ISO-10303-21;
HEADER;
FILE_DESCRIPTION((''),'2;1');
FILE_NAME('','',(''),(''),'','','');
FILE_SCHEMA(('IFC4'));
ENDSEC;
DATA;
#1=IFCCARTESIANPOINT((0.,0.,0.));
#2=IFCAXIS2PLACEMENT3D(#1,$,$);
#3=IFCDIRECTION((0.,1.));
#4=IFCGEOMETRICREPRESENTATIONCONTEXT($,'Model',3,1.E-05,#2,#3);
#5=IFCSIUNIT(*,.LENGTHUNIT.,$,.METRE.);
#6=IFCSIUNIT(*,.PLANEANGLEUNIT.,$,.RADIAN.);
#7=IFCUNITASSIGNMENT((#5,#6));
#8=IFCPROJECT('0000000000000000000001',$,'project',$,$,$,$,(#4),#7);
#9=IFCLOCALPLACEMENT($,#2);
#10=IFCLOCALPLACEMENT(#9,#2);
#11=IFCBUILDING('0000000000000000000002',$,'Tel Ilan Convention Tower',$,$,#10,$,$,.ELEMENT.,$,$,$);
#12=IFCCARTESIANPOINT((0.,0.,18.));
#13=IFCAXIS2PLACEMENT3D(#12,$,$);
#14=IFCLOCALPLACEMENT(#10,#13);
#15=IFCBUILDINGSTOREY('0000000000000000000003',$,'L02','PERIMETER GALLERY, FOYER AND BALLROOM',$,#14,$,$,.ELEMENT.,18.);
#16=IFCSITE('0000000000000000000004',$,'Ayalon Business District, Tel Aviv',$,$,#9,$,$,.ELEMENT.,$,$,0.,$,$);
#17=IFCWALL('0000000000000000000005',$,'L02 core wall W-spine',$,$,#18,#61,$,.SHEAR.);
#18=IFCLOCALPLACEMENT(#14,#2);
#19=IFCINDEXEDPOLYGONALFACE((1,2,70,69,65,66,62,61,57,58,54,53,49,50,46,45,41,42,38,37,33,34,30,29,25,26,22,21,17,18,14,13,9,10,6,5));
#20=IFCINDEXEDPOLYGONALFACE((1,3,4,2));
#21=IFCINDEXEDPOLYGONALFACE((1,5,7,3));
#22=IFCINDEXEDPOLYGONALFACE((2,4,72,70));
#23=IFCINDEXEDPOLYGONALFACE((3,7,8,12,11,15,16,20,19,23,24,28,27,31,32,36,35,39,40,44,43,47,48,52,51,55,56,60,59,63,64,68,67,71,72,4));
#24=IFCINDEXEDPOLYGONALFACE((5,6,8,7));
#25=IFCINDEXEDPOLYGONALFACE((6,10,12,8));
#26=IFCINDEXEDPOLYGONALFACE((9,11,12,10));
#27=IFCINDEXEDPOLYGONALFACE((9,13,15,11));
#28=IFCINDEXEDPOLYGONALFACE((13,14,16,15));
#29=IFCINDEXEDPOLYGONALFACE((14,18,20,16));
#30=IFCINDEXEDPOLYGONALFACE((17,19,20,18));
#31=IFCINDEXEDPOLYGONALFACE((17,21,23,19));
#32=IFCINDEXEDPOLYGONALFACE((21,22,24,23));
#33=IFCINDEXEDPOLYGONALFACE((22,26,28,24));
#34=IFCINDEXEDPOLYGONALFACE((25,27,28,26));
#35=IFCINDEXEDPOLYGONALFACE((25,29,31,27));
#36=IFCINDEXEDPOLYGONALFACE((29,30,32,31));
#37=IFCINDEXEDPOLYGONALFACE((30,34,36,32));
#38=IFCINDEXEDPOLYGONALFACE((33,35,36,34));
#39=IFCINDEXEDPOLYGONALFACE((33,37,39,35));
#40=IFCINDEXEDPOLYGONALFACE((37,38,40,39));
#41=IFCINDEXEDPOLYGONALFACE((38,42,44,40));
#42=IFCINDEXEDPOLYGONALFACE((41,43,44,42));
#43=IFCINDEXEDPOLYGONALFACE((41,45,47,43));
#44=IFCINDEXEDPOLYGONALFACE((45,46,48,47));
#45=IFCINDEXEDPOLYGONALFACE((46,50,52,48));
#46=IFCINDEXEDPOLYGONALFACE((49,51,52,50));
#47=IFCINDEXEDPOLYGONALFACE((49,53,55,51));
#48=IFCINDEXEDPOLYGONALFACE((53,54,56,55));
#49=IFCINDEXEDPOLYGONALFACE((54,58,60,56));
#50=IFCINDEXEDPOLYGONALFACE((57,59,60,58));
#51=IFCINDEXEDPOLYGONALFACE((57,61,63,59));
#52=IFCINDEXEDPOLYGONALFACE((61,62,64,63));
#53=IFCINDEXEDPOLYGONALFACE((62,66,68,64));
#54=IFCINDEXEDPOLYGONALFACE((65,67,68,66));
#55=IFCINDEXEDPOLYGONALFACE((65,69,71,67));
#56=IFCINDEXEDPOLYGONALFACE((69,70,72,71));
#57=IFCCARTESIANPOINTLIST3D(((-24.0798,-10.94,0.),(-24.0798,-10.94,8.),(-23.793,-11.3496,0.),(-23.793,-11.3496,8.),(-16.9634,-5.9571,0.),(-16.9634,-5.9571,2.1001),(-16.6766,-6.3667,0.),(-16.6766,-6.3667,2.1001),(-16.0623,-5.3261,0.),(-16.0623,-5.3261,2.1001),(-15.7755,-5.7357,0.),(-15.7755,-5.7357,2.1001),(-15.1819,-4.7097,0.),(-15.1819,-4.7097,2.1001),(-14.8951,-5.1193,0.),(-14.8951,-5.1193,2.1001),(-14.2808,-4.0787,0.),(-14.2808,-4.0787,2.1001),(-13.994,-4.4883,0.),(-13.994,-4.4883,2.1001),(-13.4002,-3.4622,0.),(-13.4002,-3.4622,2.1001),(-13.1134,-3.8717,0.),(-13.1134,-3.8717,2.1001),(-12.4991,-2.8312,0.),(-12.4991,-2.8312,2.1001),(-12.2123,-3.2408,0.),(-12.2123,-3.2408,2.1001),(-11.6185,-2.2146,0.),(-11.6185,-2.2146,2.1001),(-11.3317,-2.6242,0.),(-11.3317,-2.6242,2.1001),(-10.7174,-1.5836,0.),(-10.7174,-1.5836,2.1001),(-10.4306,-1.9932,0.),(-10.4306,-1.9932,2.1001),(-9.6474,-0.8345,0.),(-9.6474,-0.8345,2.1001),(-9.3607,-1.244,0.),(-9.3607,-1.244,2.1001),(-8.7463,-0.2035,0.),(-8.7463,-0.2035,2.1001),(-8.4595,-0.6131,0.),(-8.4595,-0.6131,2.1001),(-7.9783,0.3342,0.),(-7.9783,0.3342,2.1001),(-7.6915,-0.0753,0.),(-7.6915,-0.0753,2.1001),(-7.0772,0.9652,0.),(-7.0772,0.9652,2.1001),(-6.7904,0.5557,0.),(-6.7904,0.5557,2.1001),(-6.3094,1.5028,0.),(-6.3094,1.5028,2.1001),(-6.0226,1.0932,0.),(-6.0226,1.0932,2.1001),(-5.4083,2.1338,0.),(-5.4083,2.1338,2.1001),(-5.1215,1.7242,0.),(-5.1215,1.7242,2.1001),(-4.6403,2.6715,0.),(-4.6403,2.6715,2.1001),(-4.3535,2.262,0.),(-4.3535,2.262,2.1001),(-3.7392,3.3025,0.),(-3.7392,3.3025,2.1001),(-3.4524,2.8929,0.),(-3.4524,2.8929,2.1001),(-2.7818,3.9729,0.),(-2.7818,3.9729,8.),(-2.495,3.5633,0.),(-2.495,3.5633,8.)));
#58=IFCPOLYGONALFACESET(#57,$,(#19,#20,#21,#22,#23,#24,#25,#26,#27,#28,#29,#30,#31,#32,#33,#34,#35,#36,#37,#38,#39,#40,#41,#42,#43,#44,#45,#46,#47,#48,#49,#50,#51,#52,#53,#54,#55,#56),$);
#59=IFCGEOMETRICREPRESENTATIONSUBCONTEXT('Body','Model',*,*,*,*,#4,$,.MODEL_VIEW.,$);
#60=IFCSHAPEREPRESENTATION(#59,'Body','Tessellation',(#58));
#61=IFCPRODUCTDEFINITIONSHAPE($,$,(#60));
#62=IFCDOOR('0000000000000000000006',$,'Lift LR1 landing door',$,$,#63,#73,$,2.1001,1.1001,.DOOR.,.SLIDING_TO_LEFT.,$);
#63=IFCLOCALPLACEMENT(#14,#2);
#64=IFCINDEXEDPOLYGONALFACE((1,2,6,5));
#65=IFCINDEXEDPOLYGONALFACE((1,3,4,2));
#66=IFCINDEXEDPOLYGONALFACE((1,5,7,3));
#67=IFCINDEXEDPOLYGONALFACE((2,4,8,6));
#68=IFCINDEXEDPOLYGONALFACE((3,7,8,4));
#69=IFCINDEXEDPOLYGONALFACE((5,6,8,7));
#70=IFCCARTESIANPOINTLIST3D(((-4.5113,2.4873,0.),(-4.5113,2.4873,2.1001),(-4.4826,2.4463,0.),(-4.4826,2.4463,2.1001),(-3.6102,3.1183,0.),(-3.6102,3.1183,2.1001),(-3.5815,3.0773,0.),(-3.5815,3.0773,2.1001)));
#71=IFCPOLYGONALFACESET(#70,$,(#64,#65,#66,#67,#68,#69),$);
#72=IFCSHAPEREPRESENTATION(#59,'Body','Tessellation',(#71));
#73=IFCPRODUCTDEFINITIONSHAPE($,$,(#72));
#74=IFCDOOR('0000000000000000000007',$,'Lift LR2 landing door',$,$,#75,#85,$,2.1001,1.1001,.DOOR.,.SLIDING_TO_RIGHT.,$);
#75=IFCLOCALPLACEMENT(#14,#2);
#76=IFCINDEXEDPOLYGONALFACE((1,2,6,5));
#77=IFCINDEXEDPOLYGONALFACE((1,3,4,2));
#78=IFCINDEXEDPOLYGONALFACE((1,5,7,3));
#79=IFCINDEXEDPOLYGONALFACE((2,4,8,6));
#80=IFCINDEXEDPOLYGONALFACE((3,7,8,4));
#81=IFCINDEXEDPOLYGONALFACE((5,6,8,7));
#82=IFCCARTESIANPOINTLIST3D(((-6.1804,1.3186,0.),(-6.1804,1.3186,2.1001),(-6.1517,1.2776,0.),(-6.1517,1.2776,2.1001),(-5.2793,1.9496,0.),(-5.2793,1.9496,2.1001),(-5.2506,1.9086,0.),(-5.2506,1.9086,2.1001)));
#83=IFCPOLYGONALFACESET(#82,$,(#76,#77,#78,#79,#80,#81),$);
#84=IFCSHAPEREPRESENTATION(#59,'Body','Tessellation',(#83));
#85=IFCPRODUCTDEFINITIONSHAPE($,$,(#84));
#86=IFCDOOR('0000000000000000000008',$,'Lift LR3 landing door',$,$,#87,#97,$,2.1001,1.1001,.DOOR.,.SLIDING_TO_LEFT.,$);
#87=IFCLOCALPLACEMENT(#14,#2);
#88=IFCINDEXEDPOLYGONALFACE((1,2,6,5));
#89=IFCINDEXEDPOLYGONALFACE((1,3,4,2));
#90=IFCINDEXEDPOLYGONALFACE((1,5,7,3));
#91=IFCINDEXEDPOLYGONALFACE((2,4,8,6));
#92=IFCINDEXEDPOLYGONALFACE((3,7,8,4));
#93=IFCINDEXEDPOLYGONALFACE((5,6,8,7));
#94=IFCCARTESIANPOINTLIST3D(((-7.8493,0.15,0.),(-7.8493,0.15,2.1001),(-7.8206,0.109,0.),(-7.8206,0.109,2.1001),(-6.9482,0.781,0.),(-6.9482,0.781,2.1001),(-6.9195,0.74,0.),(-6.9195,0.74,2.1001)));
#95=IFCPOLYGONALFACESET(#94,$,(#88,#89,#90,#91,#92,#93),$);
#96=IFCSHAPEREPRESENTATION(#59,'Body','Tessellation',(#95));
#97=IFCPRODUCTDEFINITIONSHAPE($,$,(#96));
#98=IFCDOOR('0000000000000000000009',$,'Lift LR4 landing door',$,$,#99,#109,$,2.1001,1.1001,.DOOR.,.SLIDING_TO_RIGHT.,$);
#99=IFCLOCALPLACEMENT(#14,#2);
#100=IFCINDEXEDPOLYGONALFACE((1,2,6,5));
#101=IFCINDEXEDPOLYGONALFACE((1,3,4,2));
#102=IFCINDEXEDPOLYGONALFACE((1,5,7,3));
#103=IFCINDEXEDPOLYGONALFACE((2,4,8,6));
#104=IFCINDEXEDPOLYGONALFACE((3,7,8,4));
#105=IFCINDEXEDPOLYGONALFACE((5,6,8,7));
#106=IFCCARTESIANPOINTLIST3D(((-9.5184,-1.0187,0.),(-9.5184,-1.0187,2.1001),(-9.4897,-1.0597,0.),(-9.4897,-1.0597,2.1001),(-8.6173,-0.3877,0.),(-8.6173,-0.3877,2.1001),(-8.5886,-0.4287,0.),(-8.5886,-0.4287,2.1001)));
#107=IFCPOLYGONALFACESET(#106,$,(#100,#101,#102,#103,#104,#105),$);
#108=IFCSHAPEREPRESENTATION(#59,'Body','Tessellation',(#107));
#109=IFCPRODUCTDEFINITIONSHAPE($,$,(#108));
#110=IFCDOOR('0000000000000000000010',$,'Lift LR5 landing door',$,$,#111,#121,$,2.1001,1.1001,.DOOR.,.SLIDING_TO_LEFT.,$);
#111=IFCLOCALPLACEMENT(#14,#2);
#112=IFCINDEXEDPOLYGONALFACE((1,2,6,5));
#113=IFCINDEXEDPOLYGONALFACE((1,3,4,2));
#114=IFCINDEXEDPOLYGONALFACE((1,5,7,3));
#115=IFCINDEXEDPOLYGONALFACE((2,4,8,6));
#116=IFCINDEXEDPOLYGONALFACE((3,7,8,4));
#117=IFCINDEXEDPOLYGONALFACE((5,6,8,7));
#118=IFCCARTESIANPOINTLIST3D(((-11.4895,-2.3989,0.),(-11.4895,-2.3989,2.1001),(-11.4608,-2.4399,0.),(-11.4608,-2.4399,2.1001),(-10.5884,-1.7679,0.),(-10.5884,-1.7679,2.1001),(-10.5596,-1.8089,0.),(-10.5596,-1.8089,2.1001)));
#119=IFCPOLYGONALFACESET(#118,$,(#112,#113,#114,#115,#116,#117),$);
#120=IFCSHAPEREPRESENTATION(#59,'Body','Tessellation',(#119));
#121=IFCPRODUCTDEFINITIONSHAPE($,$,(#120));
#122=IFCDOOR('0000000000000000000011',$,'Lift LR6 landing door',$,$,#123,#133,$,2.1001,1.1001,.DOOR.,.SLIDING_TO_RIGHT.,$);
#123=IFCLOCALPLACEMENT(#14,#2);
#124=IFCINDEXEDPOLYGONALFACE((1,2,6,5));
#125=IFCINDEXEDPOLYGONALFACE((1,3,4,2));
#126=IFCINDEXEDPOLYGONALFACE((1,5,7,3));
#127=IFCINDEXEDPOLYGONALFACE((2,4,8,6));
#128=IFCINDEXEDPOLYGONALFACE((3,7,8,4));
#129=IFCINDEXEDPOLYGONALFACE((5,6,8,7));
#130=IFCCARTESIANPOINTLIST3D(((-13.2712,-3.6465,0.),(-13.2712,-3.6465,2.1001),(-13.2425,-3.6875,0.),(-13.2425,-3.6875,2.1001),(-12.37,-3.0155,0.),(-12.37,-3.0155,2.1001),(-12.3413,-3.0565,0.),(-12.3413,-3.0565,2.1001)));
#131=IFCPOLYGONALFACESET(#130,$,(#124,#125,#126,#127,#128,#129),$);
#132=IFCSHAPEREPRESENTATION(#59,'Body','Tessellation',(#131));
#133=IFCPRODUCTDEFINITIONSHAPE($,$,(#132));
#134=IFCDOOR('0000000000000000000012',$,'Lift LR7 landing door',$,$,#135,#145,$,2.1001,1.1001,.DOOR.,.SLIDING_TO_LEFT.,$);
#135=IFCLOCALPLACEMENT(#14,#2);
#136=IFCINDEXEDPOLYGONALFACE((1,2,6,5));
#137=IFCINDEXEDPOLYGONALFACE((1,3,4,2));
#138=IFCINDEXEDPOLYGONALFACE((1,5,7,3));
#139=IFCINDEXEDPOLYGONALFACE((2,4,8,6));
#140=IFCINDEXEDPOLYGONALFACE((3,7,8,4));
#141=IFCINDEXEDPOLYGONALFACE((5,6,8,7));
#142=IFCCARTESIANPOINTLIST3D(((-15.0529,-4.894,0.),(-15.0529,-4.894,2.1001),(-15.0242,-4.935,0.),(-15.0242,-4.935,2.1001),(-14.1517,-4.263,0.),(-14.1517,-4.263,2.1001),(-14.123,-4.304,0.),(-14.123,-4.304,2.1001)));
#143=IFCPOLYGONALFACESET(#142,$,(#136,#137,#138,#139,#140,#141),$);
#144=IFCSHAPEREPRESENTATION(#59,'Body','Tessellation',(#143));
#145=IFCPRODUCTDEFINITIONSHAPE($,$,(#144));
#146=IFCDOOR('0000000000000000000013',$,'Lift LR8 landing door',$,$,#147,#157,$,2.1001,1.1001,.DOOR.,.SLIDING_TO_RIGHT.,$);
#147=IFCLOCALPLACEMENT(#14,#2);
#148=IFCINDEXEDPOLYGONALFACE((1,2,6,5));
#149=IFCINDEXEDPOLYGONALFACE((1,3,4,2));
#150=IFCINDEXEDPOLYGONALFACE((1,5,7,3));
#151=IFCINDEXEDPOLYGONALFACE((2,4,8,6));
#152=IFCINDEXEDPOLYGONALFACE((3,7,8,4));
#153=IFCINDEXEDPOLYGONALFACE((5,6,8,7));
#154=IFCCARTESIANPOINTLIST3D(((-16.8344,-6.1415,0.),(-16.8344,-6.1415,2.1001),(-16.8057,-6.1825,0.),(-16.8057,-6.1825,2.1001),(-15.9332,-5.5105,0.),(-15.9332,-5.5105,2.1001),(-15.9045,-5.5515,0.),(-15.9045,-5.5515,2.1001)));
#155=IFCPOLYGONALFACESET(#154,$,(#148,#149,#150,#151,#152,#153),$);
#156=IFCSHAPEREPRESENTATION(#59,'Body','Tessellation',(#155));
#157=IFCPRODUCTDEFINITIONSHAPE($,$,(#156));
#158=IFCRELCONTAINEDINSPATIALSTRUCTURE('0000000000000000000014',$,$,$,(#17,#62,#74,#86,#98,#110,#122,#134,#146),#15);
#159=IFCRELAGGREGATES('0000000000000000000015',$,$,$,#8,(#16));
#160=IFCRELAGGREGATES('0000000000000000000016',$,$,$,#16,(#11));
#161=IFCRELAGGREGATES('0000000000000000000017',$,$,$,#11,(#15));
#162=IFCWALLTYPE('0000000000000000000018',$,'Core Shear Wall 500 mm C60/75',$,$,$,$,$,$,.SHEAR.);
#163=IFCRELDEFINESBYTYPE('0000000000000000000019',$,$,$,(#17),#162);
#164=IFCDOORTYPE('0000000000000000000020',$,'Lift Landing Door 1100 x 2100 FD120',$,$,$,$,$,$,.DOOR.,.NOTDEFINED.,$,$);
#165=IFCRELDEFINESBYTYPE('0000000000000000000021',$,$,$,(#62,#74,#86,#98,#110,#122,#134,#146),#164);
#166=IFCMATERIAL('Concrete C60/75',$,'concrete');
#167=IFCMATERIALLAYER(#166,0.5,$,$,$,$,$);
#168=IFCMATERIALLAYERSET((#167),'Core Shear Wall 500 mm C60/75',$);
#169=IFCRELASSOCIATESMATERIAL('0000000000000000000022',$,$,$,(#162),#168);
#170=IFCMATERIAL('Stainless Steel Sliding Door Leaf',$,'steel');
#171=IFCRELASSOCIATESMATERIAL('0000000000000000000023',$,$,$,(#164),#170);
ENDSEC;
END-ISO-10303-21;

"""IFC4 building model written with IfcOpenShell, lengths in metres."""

from ifc_helpers import new_model, si_unit, direction, frame, frame_2d, origin, place, context, subcontext, project, spatial, polyline, rectangle, outline, extrude, material, layer, layer_set, type_object, element, fill, save


model = new_model("IFC4")

# Units and contexts
model_context = context("Model", 3, precision=1e-05, world=origin(), true_north=direction((0.0, 1.0)))
body_context = subcontext(model_context, "Body", "Model", "MODEL_VIEW")
ifc_project = project(units=[si_unit("LENGTHUNIT", "METRE"), si_unit("PLANEANGLEUNIT", "RADIAN")], contexts=[model_context])

# Site, building, storey
site_placement = place(None, origin())
site = spatial("IfcSite", under=ifc_project, at=site_placement, Name="Ayalon Business District, Tel Aviv", CompositionType="ELEMENT", RefElevation=0.0)
building_placement = place(site_placement, origin())
building = spatial("IfcBuilding", under=site, at=building_placement, Name="Tel Ilan Convention Tower", CompositionType="ELEMENT")
storey_placement = place(building_placement, frame((0.0, 0.0, 18.0)))
storey = spatial("IfcBuildingStorey", under=building, at=storey_placement, Name="L02", Description="PERIMETER GALLERY, FOYER AND BALLROOM", CompositionType="ELEMENT", Elevation=18.0)

# Wall, openings, doors
ifc_material_1 = material(Name="Concrete C60/75", Category="concrete")
ifc_layer_1 = layer(ifc_material_1, 0.5)
ifc_layer_set_1 = layer_set([ifc_layer_1], Name="Core Shear Wall 500 mm C60/75")
wall_type_1 = type_object("IfcWallType", Name="Core Shear Wall 500 mm C60/75", PredefinedType="SHEAR", material=ifc_layer_set_1)
wall_1_placement = place(storey_placement, frame((-2.6384, 3.7681, 0.0), z_axis=(0.0, 0.0, 1.0), x_axis=(-0.819149, -0.573581, 0.0)))
wall_1 = element("IfcWall", 1, at=wall_1_placement, inside=storey, type_object=wall_type_1, Name="L02 core wall W-spine", PredefinedType="SHEAR", context=body_context, shape_type="SweptSolid", body=[
    extrude(outline(polyline([(26.0, 0.2498), (0.0, 0.25), (0.0, -0.25), (26.0, -0.2502), (26.0, 0.2498)])), origin(), (0.0, 0.0, 1.0), 8.0),
])
opening_1_placement = place(wall_1_placement, frame((1.1687, 0.0, 0.0)))
opening_1 = element("IfcOpeningElement", 2, at=opening_1_placement, cuts=wall_1, PredefinedType="OPENING", context=body_context, shape_type="SweptSolid", body=[
    extrude(rectangle(XDim=1.1001, YDim=2.1001, at=frame_2d((0.55, 1.05))), frame((0.0, 0.26, 0.0), z_axis=(0.0, -1.0, 0.0), x_axis=(1.0, 0.0, 0.0)), (0.0, 0.0, 1.0), 0.52),
])
opening_2_placement = place(wall_1_placement, frame((3.2063, 0.0, 0.0)))
opening_2 = element("IfcOpeningElement", 3, at=opening_2_placement, cuts=wall_1, PredefinedType="OPENING", context=body_context, shape_type="SweptSolid", body=[
    extrude(rectangle(XDim=1.1001, YDim=2.1001, at=frame_2d((0.55, 1.05))), frame((0.0, 0.26, 0.0), z_axis=(0.0, -1.0, 0.0), x_axis=(1.0, 0.0, 0.0)), (0.0, 0.0, 1.0), 0.52),
])
opening_3_placement = place(wall_1_placement, frame((5.2437, 0.0, 0.0)))
opening_3 = element("IfcOpeningElement", 4, at=opening_3_placement, cuts=wall_1, PredefinedType="OPENING", context=body_context, shape_type="SweptSolid", body=[
    extrude(rectangle(XDim=1.1001, YDim=2.1001, at=frame_2d((0.55, 1.05))), frame((0.0, 0.26, 0.0), z_axis=(0.0, -1.0, 0.0), x_axis=(1.0, 0.0, 0.0)), (0.0, 0.0, 1.0), 0.52),
])
opening_4_placement = place(wall_1_placement, frame((7.2812, 0.0, 0.0)))
opening_4 = element("IfcOpeningElement", 5, at=opening_4_placement, cuts=wall_1, PredefinedType="OPENING", context=body_context, shape_type="SweptSolid", body=[
    extrude(rectangle(XDim=1.1001, YDim=2.1001, at=frame_2d((0.55, 1.05))), frame((0.0, 0.26, 0.0), z_axis=(0.0, -1.0, 0.0), x_axis=(1.0, 0.0, 0.0)), (0.0, 0.0, 1.0), 0.52),
])
opening_5_placement = place(wall_1_placement, frame((9.6875, 0.0, 0.0)))
opening_5 = element("IfcOpeningElement", 6, at=opening_5_placement, cuts=wall_1, PredefinedType="OPENING", context=body_context, shape_type="SweptSolid", body=[
    extrude(rectangle(XDim=1.1001, YDim=2.1001, at=frame_2d((0.55, 1.05))), frame((0.0, 0.26, 0.0), z_axis=(0.0, -1.0, 0.0), x_axis=(1.0, 0.0, 0.0)), (0.0, 0.0, 1.0), 0.52),
])
opening_6_placement = place(wall_1_placement, frame((11.8625, 0.0, 0.0)))
opening_6 = element("IfcOpeningElement", 7, at=opening_6_placement, cuts=wall_1, PredefinedType="OPENING", context=body_context, shape_type="SweptSolid", body=[
    extrude(rectangle(XDim=1.1001, YDim=2.1001, at=frame_2d((0.55, 1.05))), frame((0.0, 0.26, 0.0), z_axis=(0.0, -1.0, 0.0), x_axis=(1.0, 0.0, 0.0)), (0.0, 0.0, 1.0), 0.52),
])
opening_7_placement = place(wall_1_placement, frame((14.0376, 0.0, 0.0)))
opening_7 = element("IfcOpeningElement", 8, at=opening_7_placement, cuts=wall_1, PredefinedType="OPENING", context=body_context, shape_type="SweptSolid", body=[
    extrude(rectangle(XDim=1.1001, YDim=2.1001, at=frame_2d((0.55, 1.05))), frame((0.0, 0.26, 0.0), z_axis=(0.0, -1.0, 0.0), x_axis=(1.0, 0.0, 0.0)), (0.0, 0.0, 1.0), 0.52),
])
opening_8_placement = place(wall_1_placement, frame((16.2124, 0.0, 0.0)))
opening_8 = element("IfcOpeningElement", 9, at=opening_8_placement, cuts=wall_1, PredefinedType="OPENING", context=body_context, shape_type="SweptSolid", body=[
    extrude(rectangle(XDim=1.1001, YDim=2.1001, at=frame_2d((0.55, 1.05))), frame((0.0, 0.26, 0.0), z_axis=(0.0, -1.0, 0.0), x_axis=(1.0, 0.0, 0.0)), (0.0, 0.0, 1.0), 0.52),
])
ifc_material_2 = material(Name="Stainless Steel Sliding Door Leaf", Category="steel")
door_type = type_object("IfcDoorType", Name="Lift Landing Door 1100 x 2100 FD120", OperationType="NOTDEFINED", PredefinedType="DOOR", material=ifc_material_2)
door_1_placement = place(opening_1_placement, origin())
door_1 = element("IfcDoor", 10, at=door_1_placement, inside=storey, type_object=door_type, Name="Lift LR1 landing door", OperationType="SLIDING_TO_LEFT", OverallHeight=2.1001, OverallWidth=1.1001, PredefinedType="DOOR", context=body_context, shape_type="SweptSolid", body=[
    extrude(rectangle(XDim=1.1001, YDim=2.1001, at=frame_2d((0.55, 1.05))), frame((0.0, 0.0249, 0.0), z_axis=(0.0, -1.0, 0.0), x_axis=(1.0, 0.0, 0.0)), (0.0, 0.0, 1.0), 0.05),
])
fill(opening_1, door_1)
door_2_placement = place(opening_2_placement, origin())
door_2 = element("IfcDoor", 11, at=door_2_placement, inside=storey, type_object=door_type, Name="Lift LR2 landing door", OperationType="SLIDING_TO_RIGHT", OverallHeight=2.1001, OverallWidth=1.1001, PredefinedType="DOOR", context=body_context, shape_type="SweptSolid", body=[
    extrude(rectangle(XDim=1.1001, YDim=2.1001, at=frame_2d((0.55, 1.05))), frame((0.0, 0.0249, 0.0), z_axis=(0.0, -1.0, 0.0), x_axis=(1.0, 0.0, 0.0)), (0.0, 0.0, 1.0), 0.05),
])
fill(opening_2, door_2)
door_3_placement = place(opening_3_placement, origin())
door_3 = element("IfcDoor", 12, at=door_3_placement, inside=storey, type_object=door_type, Name="Lift LR3 landing door", OperationType="SLIDING_TO_LEFT", OverallHeight=2.1001, OverallWidth=1.1001, PredefinedType="DOOR", context=body_context, shape_type="SweptSolid", body=[
    extrude(rectangle(XDim=1.1001, YDim=2.1001, at=frame_2d((0.55, 1.05))), frame((0.0, 0.0249, 0.0), z_axis=(0.0, -1.0, 0.0), x_axis=(1.0, 0.0, 0.0)), (0.0, 0.0, 1.0), 0.05),
])
fill(opening_3, door_3)
door_4_placement = place(opening_4_placement, origin())
door_4 = element("IfcDoor", 13, at=door_4_placement, inside=storey, type_object=door_type, Name="Lift LR4 landing door", OperationType="SLIDING_TO_RIGHT", OverallHeight=2.1001, OverallWidth=1.1001, PredefinedType="DOOR", context=body_context, shape_type="SweptSolid", body=[
    extrude(rectangle(XDim=1.1001, YDim=2.1001, at=frame_2d((0.55, 1.05))), frame((0.0, 0.0249, 0.0), z_axis=(0.0, -1.0, 0.0), x_axis=(1.0, 0.0, 0.0)), (0.0, 0.0, 1.0), 0.05),
])
fill(opening_4, door_4)
door_5_placement = place(opening_5_placement, origin())
door_5 = element("IfcDoor", 14, at=door_5_placement, inside=storey, type_object=door_type, Name="Lift LR5 landing door", OperationType="SLIDING_TO_LEFT", OverallHeight=2.1001, OverallWidth=1.1001, PredefinedType="DOOR", context=body_context, shape_type="SweptSolid", body=[
    extrude(rectangle(XDim=1.1001, YDim=2.1001, at=frame_2d((0.55, 1.05))), frame((0.0, 0.0249, 0.0), z_axis=(0.0, -1.0, 0.0), x_axis=(1.0, 0.0, 0.0)), (0.0, 0.0, 1.0), 0.05),
])
fill(opening_5, door_5)
door_6_placement = place(opening_6_placement, origin())
door_6 = element("IfcDoor", 15, at=door_6_placement, inside=storey, type_object=door_type, Name="Lift LR6 landing door", OperationType="SLIDING_TO_RIGHT", OverallHeight=2.1001, OverallWidth=1.1001, PredefinedType="DOOR", context=body_context, shape_type="SweptSolid", body=[
    extrude(rectangle(XDim=1.1001, YDim=2.1001, at=frame_2d((0.55, 1.05))), frame((0.0, 0.0249, 0.0), z_axis=(0.0, -1.0, 0.0), x_axis=(1.0, 0.0, 0.0)), (0.0, 0.0, 1.0), 0.05),
])
fill(opening_6, door_6)
door_7_placement = place(opening_7_placement, origin())
door_7 = element("IfcDoor", 16, at=door_7_placement, inside=storey, type_object=door_type, Name="Lift LR7 landing door", OperationType="SLIDING_TO_LEFT", OverallHeight=2.1001, OverallWidth=1.1001, PredefinedType="DOOR", context=body_context, shape_type="SweptSolid", body=[
    extrude(rectangle(XDim=1.1001, YDim=2.1001, at=frame_2d((0.55, 1.05))), frame((0.0, 0.0249, 0.0), z_axis=(0.0, -1.0, 0.0), x_axis=(1.0, 0.0, 0.0)), (0.0, 0.0, 1.0), 0.05),
])
fill(opening_7, door_7)
door_8_placement = place(opening_8_placement, origin())
door_8 = element("IfcDoor", 17, at=door_8_placement, inside=storey, type_object=door_type, Name="Lift LR8 landing door", OperationType="SLIDING_TO_RIGHT", OverallHeight=2.1001, OverallWidth=1.1001, PredefinedType="DOOR", context=body_context, shape_type="SweptSolid", body=[
    extrude(rectangle(XDim=1.1001, YDim=2.1001, at=frame_2d((0.55, 1.05))), frame((0.0, 0.0249, 0.0), z_axis=(0.0, -1.0, 0.0), x_axis=(1.0, 0.0, 0.0)), (0.0, 0.0, 1.0), 0.05),
])
fill(opening_8, door_8)

save(model, "model.ifc")
